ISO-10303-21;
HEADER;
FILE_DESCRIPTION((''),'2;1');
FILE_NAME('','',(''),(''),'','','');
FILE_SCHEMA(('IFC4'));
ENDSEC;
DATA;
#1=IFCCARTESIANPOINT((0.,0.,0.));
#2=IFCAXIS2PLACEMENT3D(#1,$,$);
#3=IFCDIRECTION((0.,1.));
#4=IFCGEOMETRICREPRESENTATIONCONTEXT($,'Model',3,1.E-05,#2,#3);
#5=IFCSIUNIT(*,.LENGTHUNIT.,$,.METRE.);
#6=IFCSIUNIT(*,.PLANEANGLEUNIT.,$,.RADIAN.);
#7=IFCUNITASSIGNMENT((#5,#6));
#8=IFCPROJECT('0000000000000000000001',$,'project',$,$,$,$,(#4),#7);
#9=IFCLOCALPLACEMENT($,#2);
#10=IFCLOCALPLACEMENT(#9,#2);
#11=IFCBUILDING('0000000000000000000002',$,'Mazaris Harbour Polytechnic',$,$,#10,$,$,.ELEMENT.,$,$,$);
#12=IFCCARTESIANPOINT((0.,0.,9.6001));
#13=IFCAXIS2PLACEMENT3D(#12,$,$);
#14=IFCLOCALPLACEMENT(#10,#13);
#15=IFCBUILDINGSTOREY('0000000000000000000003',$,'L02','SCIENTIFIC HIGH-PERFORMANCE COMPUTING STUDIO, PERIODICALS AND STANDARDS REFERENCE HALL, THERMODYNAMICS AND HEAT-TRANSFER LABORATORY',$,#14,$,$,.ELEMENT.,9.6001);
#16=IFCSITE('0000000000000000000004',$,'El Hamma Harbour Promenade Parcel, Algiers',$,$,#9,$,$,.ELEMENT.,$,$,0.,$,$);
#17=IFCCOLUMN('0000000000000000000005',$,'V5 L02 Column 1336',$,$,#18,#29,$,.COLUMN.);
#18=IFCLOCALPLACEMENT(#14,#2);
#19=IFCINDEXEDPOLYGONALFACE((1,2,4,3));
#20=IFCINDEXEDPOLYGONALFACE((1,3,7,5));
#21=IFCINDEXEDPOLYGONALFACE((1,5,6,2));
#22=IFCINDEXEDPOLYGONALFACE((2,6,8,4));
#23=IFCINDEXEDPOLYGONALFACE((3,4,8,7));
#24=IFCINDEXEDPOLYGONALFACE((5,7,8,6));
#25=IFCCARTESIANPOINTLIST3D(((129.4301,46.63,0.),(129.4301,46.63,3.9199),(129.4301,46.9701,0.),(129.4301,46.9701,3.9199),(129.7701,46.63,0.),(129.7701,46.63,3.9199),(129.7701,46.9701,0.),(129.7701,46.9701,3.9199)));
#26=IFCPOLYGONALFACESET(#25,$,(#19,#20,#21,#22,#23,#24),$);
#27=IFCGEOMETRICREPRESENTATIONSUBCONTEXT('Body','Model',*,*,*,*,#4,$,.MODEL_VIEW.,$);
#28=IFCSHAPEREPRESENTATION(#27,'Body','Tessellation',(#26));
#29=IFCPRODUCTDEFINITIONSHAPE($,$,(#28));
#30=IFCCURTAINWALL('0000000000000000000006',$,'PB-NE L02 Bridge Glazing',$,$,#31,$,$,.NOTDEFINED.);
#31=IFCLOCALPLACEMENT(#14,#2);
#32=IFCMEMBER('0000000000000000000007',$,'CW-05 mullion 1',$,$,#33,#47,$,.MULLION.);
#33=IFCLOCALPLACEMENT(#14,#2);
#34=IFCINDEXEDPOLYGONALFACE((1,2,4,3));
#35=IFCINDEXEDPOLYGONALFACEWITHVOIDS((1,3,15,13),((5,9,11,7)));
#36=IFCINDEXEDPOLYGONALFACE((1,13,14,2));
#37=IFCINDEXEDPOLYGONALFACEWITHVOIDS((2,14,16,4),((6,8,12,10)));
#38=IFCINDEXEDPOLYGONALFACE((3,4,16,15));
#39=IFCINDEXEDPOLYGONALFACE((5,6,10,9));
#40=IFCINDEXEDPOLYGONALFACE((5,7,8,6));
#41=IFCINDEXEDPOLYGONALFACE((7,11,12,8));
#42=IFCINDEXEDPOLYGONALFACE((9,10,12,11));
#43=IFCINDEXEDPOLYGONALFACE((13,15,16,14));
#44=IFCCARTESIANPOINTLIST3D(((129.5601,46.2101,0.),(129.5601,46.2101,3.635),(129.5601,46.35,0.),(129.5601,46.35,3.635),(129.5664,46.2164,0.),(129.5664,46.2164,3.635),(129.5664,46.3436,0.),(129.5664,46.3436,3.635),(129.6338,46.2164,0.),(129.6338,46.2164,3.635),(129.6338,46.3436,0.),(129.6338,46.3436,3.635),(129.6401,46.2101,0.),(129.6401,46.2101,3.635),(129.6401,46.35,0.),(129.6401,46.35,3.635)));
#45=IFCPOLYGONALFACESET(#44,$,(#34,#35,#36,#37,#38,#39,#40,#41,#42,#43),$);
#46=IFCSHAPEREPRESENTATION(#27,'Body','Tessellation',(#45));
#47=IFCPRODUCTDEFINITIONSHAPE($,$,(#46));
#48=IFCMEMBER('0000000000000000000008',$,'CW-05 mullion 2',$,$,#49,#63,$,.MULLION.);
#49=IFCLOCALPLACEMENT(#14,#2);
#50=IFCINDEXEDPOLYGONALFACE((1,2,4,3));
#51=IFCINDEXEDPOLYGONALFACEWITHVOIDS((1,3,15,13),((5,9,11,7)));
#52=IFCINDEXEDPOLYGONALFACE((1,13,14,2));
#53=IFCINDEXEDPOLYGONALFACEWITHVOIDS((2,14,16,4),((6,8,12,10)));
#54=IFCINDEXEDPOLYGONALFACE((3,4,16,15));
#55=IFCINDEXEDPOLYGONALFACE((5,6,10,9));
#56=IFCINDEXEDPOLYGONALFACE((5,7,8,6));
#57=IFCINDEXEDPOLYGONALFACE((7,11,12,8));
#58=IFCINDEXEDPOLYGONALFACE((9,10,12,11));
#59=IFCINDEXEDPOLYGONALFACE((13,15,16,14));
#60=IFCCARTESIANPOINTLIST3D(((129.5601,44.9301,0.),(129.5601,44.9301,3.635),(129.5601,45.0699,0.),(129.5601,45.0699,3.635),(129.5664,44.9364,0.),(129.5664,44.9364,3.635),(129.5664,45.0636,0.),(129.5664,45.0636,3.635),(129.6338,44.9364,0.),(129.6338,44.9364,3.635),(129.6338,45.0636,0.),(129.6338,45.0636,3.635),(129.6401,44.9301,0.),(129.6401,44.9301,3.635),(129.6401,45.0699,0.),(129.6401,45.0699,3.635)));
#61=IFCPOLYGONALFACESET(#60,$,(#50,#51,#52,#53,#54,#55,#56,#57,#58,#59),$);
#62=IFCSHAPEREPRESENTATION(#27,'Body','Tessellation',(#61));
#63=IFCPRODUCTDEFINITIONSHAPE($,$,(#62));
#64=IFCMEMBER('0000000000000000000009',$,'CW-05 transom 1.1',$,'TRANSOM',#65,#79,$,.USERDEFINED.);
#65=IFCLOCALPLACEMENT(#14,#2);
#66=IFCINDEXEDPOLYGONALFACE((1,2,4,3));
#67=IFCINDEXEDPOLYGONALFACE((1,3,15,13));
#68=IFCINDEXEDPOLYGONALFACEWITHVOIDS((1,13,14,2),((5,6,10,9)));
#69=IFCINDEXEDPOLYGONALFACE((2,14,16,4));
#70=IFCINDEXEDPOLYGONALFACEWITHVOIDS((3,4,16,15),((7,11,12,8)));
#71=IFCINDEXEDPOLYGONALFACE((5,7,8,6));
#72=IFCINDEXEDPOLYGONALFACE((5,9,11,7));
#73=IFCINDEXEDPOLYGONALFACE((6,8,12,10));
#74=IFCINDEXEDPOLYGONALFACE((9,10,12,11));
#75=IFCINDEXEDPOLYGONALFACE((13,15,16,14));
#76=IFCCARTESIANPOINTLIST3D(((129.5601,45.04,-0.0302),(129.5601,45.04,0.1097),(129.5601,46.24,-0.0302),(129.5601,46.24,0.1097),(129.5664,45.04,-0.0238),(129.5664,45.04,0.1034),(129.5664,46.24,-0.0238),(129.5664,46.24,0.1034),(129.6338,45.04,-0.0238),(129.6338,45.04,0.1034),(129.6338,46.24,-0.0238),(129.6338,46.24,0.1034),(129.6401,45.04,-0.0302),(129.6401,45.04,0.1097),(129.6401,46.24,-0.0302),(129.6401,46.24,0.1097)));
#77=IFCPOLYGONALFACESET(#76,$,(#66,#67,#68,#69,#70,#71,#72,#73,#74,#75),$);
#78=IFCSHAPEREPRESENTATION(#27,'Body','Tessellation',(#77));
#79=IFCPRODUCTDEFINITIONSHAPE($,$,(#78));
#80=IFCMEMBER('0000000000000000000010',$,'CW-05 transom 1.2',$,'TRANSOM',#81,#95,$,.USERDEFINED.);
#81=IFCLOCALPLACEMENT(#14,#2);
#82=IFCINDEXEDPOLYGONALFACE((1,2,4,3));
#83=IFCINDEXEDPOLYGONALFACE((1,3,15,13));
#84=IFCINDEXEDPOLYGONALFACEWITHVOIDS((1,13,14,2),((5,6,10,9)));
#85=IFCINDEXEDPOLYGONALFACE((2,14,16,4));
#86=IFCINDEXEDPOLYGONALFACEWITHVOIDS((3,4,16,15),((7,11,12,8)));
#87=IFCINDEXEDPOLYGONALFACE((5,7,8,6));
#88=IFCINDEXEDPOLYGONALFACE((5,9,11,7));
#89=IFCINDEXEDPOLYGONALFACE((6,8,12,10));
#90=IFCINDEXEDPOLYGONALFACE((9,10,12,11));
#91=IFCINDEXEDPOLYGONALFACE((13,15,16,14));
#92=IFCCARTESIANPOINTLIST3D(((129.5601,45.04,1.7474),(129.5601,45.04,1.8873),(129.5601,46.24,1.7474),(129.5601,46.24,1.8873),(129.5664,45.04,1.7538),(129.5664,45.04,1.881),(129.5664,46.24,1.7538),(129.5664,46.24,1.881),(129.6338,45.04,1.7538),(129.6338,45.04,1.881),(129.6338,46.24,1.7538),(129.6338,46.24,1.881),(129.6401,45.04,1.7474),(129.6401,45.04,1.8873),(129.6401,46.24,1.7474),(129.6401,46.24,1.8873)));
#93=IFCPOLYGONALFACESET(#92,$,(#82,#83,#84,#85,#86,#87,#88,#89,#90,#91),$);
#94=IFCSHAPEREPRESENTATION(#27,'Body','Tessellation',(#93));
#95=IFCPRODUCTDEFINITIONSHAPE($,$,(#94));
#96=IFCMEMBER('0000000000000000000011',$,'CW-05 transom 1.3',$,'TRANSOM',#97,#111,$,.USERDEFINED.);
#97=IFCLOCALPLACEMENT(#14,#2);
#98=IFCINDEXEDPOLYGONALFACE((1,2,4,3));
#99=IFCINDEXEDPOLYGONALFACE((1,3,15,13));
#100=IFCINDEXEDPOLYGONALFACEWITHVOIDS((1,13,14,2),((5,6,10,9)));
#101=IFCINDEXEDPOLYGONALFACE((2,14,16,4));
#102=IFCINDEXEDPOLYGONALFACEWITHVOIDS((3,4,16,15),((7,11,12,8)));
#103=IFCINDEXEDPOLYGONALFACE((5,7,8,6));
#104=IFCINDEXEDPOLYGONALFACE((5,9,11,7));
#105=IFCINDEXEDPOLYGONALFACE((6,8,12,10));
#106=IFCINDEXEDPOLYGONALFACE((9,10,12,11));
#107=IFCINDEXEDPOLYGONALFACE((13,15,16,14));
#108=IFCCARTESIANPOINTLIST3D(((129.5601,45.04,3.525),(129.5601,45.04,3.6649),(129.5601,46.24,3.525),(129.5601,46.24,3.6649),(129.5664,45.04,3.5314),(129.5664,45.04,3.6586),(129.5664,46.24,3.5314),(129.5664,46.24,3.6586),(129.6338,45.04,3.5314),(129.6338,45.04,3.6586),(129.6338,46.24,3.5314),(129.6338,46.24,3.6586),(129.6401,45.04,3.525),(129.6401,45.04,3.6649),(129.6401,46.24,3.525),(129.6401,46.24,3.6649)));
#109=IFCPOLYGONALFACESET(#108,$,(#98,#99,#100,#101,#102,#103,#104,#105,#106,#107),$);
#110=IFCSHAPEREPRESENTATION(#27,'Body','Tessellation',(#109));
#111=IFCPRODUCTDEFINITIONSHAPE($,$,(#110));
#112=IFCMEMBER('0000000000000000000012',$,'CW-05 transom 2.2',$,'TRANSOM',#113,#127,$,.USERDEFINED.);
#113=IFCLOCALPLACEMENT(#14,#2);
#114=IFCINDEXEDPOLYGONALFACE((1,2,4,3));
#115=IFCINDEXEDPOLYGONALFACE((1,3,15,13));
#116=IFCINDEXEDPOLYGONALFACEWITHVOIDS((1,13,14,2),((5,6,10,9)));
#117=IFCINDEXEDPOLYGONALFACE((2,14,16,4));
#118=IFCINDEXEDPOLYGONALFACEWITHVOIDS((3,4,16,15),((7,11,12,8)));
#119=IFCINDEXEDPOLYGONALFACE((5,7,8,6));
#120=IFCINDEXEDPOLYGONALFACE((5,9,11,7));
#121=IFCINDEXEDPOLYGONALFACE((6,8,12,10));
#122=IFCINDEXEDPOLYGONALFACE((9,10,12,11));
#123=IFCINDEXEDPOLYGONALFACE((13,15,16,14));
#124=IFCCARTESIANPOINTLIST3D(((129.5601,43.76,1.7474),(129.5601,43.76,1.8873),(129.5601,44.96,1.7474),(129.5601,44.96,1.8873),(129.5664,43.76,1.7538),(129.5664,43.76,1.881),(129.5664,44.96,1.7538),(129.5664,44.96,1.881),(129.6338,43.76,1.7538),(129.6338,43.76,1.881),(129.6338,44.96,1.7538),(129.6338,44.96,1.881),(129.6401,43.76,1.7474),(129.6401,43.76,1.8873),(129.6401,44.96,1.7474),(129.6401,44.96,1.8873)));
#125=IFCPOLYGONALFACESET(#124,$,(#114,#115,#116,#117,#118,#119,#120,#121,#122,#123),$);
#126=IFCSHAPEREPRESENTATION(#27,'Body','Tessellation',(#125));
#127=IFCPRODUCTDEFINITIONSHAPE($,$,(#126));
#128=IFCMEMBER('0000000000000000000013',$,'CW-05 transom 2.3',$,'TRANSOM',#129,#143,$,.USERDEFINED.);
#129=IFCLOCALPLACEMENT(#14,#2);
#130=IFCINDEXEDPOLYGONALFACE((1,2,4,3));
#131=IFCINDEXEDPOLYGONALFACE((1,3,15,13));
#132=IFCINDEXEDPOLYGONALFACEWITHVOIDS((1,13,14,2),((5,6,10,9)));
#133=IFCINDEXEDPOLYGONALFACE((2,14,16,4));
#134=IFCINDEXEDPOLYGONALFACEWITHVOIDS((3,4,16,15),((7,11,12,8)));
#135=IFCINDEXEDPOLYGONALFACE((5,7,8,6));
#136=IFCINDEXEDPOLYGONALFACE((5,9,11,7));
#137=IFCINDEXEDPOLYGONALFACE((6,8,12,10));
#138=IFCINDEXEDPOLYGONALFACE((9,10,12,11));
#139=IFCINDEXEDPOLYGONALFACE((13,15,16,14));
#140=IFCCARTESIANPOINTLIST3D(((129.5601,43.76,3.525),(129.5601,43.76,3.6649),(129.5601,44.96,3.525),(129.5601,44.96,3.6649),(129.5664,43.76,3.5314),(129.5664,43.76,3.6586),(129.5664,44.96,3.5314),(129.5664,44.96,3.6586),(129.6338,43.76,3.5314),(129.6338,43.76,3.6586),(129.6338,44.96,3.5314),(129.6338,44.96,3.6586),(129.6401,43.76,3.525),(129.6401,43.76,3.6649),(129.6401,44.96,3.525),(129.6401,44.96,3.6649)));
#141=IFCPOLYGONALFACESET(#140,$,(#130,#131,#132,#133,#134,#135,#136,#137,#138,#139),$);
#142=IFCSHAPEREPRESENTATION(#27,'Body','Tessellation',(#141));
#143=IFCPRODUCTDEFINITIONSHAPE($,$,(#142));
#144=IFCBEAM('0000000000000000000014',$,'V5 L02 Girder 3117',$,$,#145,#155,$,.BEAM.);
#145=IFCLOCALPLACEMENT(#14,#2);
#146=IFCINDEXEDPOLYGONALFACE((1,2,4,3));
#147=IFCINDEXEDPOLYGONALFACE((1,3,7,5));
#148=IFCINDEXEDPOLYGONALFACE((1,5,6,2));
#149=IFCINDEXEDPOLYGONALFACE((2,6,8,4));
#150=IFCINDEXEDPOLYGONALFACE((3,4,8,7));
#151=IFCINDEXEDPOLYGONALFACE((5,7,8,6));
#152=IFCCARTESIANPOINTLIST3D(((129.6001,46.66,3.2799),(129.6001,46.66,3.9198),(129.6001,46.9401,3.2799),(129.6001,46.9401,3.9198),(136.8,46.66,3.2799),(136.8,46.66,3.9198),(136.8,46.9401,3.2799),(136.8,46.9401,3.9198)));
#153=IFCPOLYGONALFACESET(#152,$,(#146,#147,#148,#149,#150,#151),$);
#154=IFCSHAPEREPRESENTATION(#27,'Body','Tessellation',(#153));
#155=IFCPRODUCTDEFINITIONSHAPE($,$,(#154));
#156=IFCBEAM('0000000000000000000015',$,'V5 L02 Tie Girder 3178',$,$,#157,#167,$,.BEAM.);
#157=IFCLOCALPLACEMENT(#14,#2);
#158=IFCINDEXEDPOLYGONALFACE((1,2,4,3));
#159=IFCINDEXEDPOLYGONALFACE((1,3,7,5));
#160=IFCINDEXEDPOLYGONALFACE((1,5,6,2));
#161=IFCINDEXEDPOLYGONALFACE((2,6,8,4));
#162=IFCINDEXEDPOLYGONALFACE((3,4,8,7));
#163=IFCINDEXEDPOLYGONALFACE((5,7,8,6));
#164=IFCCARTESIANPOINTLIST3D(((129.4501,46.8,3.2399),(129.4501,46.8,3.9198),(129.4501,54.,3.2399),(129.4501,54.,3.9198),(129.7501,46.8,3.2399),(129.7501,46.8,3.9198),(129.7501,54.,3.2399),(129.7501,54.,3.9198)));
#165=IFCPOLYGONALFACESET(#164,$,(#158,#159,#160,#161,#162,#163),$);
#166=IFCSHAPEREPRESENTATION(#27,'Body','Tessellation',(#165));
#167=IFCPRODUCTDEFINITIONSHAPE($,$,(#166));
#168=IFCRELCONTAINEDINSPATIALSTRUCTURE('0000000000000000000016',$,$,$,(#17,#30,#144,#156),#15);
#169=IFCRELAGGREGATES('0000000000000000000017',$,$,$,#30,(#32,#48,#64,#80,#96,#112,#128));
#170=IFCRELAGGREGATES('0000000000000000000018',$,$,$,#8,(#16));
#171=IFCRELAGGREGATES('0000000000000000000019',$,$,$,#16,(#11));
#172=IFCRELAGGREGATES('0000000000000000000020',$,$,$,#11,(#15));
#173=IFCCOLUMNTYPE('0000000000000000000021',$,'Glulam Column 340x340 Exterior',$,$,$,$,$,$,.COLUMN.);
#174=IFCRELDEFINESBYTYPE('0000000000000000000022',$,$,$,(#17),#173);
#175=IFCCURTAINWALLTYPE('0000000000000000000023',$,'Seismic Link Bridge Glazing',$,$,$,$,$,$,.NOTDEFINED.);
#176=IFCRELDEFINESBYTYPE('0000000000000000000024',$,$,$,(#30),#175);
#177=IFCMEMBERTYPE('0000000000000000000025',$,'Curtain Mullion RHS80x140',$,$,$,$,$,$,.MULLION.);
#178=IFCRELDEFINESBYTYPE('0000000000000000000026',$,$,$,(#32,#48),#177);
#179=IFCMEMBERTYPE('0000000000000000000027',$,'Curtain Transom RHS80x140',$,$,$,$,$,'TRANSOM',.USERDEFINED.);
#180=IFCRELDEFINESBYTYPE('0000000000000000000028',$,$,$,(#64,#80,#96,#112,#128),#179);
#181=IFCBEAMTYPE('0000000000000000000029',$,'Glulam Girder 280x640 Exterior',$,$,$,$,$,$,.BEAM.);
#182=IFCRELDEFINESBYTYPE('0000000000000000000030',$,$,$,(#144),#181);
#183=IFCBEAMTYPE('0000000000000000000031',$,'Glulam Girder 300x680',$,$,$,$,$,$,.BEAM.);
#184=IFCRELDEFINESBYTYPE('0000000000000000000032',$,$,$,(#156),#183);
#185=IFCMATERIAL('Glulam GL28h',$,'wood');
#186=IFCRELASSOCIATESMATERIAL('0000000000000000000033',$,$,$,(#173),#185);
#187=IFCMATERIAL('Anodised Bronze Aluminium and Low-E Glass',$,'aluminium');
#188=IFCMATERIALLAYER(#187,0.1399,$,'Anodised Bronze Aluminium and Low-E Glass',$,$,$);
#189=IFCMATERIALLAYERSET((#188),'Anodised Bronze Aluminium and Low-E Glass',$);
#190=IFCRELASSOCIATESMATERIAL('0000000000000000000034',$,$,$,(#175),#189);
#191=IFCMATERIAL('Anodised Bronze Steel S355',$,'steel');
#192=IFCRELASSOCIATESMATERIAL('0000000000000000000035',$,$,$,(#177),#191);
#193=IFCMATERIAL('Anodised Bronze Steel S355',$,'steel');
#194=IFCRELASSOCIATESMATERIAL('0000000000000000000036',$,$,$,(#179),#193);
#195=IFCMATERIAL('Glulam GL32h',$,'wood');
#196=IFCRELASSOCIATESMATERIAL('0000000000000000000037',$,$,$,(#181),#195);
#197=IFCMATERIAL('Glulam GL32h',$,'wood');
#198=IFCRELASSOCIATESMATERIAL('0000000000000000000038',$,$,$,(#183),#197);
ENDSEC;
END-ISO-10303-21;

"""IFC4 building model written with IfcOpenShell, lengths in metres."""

from ifc_helpers import new_model, si_unit, direction, frame, origin, origin_2d, place, context, subcontext, project, spatial, rectangle, hollow_rectangle, extrude, material, layer, layer_set, material_profile, profile_set, type_object, element, aggregate, save


model = new_model("IFC4")

# Units and contexts
model_context = context("Model", 3, precision=1e-05, world=origin(), true_north=direction((0.0, 1.0)))
body_context = subcontext(model_context, "Body", "Model", "MODEL_VIEW")
ifc_project = project(units=[si_unit("LENGTHUNIT", "METRE"), si_unit("PLANEANGLEUNIT", "RADIAN")], contexts=[model_context])

# Site, building, storey
site_placement = place(None, origin())
site = spatial("IfcSite", under=ifc_project, at=site_placement, Name="El Hamma Harbour Promenade Parcel, Algiers", CompositionType="ELEMENT", RefElevation=0.0)
building_placement = place(site_placement, origin())
building = spatial("IfcBuilding", under=site, at=building_placement, Name="Mazaris Harbour Polytechnic", CompositionType="ELEMENT")
storey_placement = place(building_placement, frame((0.0, 0.0, 9.6001)))
storey = spatial("IfcBuildingStorey", under=building, at=storey_placement, Name="L02", Description="SCIENTIFIC HIGH-PERFORMANCE COMPUTING STUDIO, PERIODICALS AND STANDARDS REFERENCE HALL, THERMODYNAMICS AND HEAT-TRANSFER LABORATORY", CompositionType="ELEMENT", Elevation=9.6001)

# Column
ifc_material_1 = material(Name="Glulam GL28h", Category="wood")
ifc_material_profile_1 = material_profile(ifc_material_1, rectangle(XDim=0.3401, YDim=0.3401, at=origin_2d()), Name="RECT340x340")
ifc_profile_set_1 = profile_set([ifc_material_profile_1], Name="Glulam GL28h")
column_type = type_object("IfcColumnType", Name="Glulam Column 340x340 Exterior", PredefinedType="COLUMN", material=ifc_profile_set_1)
column_placement = place(storey_placement, frame((129.6001, 46.8, 0.0), z_axis=(0.0, 0.0, 1.0), x_axis=(1.0, 0.0, 0.0)))
element("IfcColumn", 1, at=column_placement, inside=storey, type_object=column_type, Name="V5 L02 Column 1336", PredefinedType="COLUMN", context=body_context, shape_type="SweptSolid", body=[
    extrude(rectangle(XDim=0.3401, YDim=0.3401, at=origin_2d()), origin(), (0.0, 0.0, 1.0), 3.9199),
])

# Curtain wall, members
ifc_material_2 = material(Name="Anodised Bronze Aluminium and Low-E Glass", Category="aluminium")
ifc_layer_1 = layer(ifc_material_2, 0.1399, Name="Anodised Bronze Aluminium and Low-E Glass")
ifc_layer_set_1 = layer_set([ifc_layer_1], Name="Anodised Bronze Aluminium and Low-E Glass")
curtain_wall_type = type_object("IfcCurtainWallType", Name="Seismic Link Bridge Glazing", PredefinedType="NOTDEFINED", material=ifc_layer_set_1)
curtain_wall_placement = place(storey_placement, origin())
curtain_wall = element("IfcCurtainWall", 2, at=curtain_wall_placement, inside=storey, type_object=curtain_wall_type, Name="PB-NE L02 Bridge Glazing", PredefinedType="NOTDEFINED")
ifc_material_3 = material(Name="Anodised Bronze Steel S355", Category="steel")
ifc_material_profile_2 = material_profile(ifc_material_3, hollow_rectangle(XDim=0.0801, YDim=0.1399, WallThickness=0.0063, at=origin_2d()), Name="RHS 80x140x6.3")
ifc_profile_set_2 = profile_set([ifc_material_profile_2], Name="Anodised Bronze Steel S355")
member_type_1 = type_object("IfcMemberType", Name="Curtain Mullion RHS80x140", PredefinedType="MULLION", material=ifc_profile_set_2)
member_1_placement = place(storey_placement, frame((129.6001, 46.28, 0.0), z_axis=(0.0, 0.0, 1.0), x_axis=(1.0, 0.0, 0.0)))
member_1 = element("IfcMember", 3, at=member_1_placement, type_object=member_type_1, Name="CW-05 mullion 1", PredefinedType="MULLION", context=body_context, shape_type="SweptSolid", body=[
    extrude(hollow_rectangle(XDim=0.0801, YDim=0.1399, WallThickness=0.0063, at=origin_2d()), origin(), (0.0, 0.0, 1.0), 3.635),
])
member_2_placement = place(storey_placement, frame((129.6001, 45.0, 0.0), z_axis=(0.0, 0.0, 1.0), x_axis=(1.0, 0.0, 0.0)))
member_2 = element("IfcMember", 4, at=member_2_placement, type_object=member_type_1, Name="CW-05 mullion 2", PredefinedType="MULLION", context=body_context, shape_type="SweptSolid", body=[
    extrude(hollow_rectangle(XDim=0.0801, YDim=0.1399, WallThickness=0.0063, at=origin_2d()), origin(), (0.0, 0.0, 1.0), 3.635),
])
ifc_material_4 = material(Name="Anodised Bronze Steel S355", Category="steel")
ifc_material_profile_3 = material_profile(ifc_material_4, hollow_rectangle(XDim=0.0801, YDim=0.1399, WallThickness=0.0063, at=origin_2d()), Name="RHS 80x140x6.3")
ifc_profile_set_3 = profile_set([ifc_material_profile_3], Name="Anodised Bronze Steel S355")
member_type_2 = type_object("IfcMemberType", Name="Curtain Transom RHS80x140", ElementType="TRANSOM", PredefinedType="USERDEFINED", material=ifc_profile_set_3)
member_3_placement = place(storey_placement, frame((129.6001, 46.24, 0.0398), z_axis=(0.0, -1.0, 0.0), x_axis=(1.0, 0.0, 0.0)))
member_3 = element("IfcMember", 5, at=member_3_placement, type_object=member_type_2, Name="CW-05 transom 1.1", ObjectType="TRANSOM", PredefinedType="USERDEFINED", context=body_context, shape_type="SweptSolid", body=[
    extrude(hollow_rectangle(XDim=0.0801, YDim=0.1399, WallThickness=0.0063, at=origin_2d()), origin(), (0.0, 0.0, 1.0), 1.2),
])
member_4_placement = place(storey_placement, frame((129.6001, 46.24, 1.8174), z_axis=(0.0, -1.0, 0.0), x_axis=(1.0, 0.0, 0.0)))
member_4 = element("IfcMember", 6, at=member_4_placement, type_object=member_type_2, Name="CW-05 transom 1.2", ObjectType="TRANSOM", PredefinedType="USERDEFINED", context=body_context, shape_type="SweptSolid", body=[
    extrude(hollow_rectangle(XDim=0.0801, YDim=0.1399, WallThickness=0.0063, at=origin_2d()), origin(), (0.0, 0.0, 1.0), 1.2),
])
member_5_placement = place(storey_placement, frame((129.6001, 46.24, 3.595), z_axis=(0.0, -1.0, 0.0), x_axis=(1.0, 0.0, 0.0)))
member_5 = element("IfcMember", 7, at=member_5_placement, type_object=member_type_2, Name="CW-05 transom 1.3", ObjectType="TRANSOM", PredefinedType="USERDEFINED", context=body_context, shape_type="SweptSolid", body=[
    extrude(hollow_rectangle(XDim=0.0801, YDim=0.1399, WallThickness=0.0063, at=origin_2d()), origin(), (0.0, 0.0, 1.0), 1.2),
])
member_6_placement = place(storey_placement, frame((129.6001, 44.96, 1.8174), z_axis=(0.0, -1.0, 0.0), x_axis=(1.0, 0.0, 0.0)))
member_6 = element("IfcMember", 8, at=member_6_placement, type_object=member_type_2, Name="CW-05 transom 2.2", ObjectType="TRANSOM", PredefinedType="USERDEFINED", context=body_context, shape_type="SweptSolid", body=[
    extrude(hollow_rectangle(XDim=0.0801, YDim=0.1399, WallThickness=0.0063, at=origin_2d()), origin(), (0.0, 0.0, 1.0), 1.2),
])
member_7_placement = place(storey_placement, frame((129.6001, 44.96, 3.595), z_axis=(0.0, -1.0, 0.0), x_axis=(1.0, 0.0, 0.0)))
member_7 = element("IfcMember", 9, at=member_7_placement, type_object=member_type_2, Name="CW-05 transom 2.3", ObjectType="TRANSOM", PredefinedType="USERDEFINED", context=body_context, shape_type="SweptSolid", body=[
    extrude(hollow_rectangle(XDim=0.0801, YDim=0.1399, WallThickness=0.0063, at=origin_2d()), origin(), (0.0, 0.0, 1.0), 1.2),
])

# Beams
ifc_material_5 = material(Name="Glulam GL32h", Category="wood")
ifc_material_profile_4 = material_profile(ifc_material_5, rectangle(XDim=0.28, YDim=0.6399, at=origin_2d()), Name="RECT280x640")
ifc_profile_set_4 = profile_set([ifc_material_profile_4], Name="Glulam GL32h")
beam_type_1 = type_object("IfcBeamType", Name="Glulam Girder 280x640 Exterior", PredefinedType="BEAM", material=ifc_profile_set_4)
beam_1_placement = place(storey_placement, frame((129.6001, 46.8, 3.5999), z_axis=(1.0, 0.0, 0.0), x_axis=(0.0, 1.0, 0.0)))
element("IfcBeam", 10, at=beam_1_placement, inside=storey, type_object=beam_type_1, Name="V5 L02 Girder 3117", PredefinedType="BEAM", context=body_context, shape_type="SweptSolid", body=[
    extrude(rectangle(XDim=0.28, YDim=0.6399, at=origin_2d()), origin(), (0.0, 0.0, 1.0), 7.2),
])
ifc_material_6 = material(Name="Glulam GL32h", Category="wood")
ifc_material_profile_5 = material_profile(ifc_material_6, rectangle(XDim=0.3, YDim=0.6799, at=origin_2d()), Name="RECT300x680")
ifc_profile_set_5 = profile_set([ifc_material_profile_5], Name="Glulam GL32h")
beam_type_2 = type_object("IfcBeamType", Name="Glulam Girder 300x680", PredefinedType="BEAM", material=ifc_profile_set_5)
beam_2_placement = place(storey_placement, frame((129.6001, 46.8, 3.5798), z_axis=(0.0, 1.0, 0.0), x_axis=(-1.0, 0.0, 0.0)))
element("IfcBeam", 11, at=beam_2_placement, inside=storey, type_object=beam_type_2, Name="V5 L02 Tie Girder 3178", PredefinedType="BEAM", context=body_context, shape_type="SweptSolid", body=[
    extrude(rectangle(XDim=0.3, YDim=0.6799, at=origin_2d()), origin(), (0.0, 0.0, 1.0), 7.2),
])

aggregate(curtain_wall, [member_1, member_2, member_3, member_4, member_5, member_6, member_7])

save(model, "model.ifc")
